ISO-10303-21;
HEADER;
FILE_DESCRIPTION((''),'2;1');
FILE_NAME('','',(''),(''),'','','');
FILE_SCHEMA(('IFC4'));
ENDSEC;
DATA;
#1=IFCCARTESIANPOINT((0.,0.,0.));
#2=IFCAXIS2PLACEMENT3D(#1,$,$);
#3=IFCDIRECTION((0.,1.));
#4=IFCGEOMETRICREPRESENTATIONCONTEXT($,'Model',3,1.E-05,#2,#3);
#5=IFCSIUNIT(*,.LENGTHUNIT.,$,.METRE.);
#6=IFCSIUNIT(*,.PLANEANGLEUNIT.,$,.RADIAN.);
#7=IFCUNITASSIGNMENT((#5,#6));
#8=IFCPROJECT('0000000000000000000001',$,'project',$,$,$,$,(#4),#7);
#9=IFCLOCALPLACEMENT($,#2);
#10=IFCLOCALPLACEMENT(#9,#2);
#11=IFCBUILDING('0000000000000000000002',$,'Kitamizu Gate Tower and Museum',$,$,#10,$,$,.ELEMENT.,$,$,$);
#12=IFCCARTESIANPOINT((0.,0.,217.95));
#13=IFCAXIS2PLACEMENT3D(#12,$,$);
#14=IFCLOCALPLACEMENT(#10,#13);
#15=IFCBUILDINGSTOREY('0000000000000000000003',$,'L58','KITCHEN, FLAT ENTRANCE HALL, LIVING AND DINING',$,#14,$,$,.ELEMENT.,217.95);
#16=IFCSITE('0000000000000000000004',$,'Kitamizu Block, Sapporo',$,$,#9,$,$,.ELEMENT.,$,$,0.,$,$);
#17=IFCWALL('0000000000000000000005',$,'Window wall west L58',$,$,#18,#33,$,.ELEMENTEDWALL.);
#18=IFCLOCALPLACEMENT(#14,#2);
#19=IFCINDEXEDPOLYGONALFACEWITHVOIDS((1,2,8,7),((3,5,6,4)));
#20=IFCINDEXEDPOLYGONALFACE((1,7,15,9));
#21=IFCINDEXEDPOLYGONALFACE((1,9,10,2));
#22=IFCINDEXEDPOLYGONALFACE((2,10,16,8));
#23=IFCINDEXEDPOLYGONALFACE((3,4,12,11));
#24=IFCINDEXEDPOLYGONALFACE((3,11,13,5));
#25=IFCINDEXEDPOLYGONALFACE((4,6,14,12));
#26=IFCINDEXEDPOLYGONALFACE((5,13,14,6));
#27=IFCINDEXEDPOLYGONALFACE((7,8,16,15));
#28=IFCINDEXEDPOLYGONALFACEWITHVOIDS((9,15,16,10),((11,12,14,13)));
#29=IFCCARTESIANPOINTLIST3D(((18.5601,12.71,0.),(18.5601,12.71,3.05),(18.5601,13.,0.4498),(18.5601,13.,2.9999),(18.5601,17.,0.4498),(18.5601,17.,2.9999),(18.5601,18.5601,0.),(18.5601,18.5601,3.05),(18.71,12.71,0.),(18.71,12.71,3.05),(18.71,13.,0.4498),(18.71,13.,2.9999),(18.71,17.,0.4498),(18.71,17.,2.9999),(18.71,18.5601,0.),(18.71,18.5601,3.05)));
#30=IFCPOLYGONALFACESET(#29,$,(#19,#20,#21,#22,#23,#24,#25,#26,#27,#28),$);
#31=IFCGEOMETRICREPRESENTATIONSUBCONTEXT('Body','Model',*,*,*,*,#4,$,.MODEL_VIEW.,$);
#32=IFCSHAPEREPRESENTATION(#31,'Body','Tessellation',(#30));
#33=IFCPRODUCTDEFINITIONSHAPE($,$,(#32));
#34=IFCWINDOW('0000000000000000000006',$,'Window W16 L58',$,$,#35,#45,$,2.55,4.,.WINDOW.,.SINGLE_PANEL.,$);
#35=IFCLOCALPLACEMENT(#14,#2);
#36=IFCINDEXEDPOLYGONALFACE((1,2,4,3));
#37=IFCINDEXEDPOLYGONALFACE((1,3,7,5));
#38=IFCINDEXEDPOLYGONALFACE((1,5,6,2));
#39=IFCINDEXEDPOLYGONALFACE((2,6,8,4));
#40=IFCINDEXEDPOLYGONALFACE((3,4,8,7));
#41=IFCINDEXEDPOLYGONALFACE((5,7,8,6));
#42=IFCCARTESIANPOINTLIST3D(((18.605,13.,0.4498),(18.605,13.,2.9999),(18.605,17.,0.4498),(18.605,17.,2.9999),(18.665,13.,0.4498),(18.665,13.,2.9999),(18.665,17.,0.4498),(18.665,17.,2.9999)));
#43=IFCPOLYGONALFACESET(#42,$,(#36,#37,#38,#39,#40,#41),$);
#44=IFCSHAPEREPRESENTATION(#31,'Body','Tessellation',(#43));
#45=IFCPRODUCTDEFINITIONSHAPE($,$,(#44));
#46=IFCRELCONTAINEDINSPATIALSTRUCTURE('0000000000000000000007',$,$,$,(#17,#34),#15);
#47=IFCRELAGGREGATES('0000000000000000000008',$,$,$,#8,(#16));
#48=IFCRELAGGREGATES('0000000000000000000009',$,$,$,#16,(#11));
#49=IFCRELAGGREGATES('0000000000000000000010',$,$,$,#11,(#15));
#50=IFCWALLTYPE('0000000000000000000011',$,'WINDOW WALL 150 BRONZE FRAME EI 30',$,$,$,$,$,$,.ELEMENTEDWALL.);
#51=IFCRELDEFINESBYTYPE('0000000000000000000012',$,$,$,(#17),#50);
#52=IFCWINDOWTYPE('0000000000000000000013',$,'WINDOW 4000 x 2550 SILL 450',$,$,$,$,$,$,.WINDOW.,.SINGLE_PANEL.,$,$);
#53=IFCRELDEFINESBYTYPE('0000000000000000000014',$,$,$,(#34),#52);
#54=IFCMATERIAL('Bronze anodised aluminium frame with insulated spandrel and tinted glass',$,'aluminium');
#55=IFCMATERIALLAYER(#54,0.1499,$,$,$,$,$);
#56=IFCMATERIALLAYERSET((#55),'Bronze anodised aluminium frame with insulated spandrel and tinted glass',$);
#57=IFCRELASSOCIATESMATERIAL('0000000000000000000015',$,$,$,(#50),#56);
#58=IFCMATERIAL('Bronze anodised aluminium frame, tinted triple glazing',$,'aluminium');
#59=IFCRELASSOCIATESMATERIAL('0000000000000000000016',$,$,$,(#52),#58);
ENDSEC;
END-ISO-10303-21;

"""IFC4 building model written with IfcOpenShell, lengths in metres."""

from ifc_helpers import new_model, si_unit, direction, frame, frame_2d, origin, place, context, subcontext, project, spatial, rectangle, extrude, material, layer, layer_set, type_object, element, fill, save


model = new_model("IFC4")

# Units and contexts
model_context = context("Model", 3, precision=1e-05, world=origin(), true_north=direction((0.0, 1.0)))
body_context = subcontext(model_context, "Body", "Model", "MODEL_VIEW")
ifc_project = project(units=[si_unit("LENGTHUNIT", "METRE"), si_unit("PLANEANGLEUNIT", "RADIAN")], contexts=[model_context])

# Site, building, storey
site_placement = place(None, origin())
site = spatial("IfcSite", under=ifc_project, at=site_placement, Name="Kitamizu Block, Sapporo", CompositionType="ELEMENT", RefElevation=0.0)
building_placement = place(site_placement, origin())
building = spatial("IfcBuilding", under=site, at=building_placement, Name="Kitamizu Gate Tower and Museum", CompositionType="ELEMENT")
storey_placement = place(building_placement, frame((0.0, 0.0, 217.95)))
storey = spatial("IfcBuildingStorey", under=building, at=storey_placement, Name="L58", Description="KITCHEN, FLAT ENTRANCE HALL, LIVING AND DINING", CompositionType="ELEMENT", Elevation=217.95)

# Shared definitions
ifc_material_1 = material(Name="Bronze anodised aluminium frame with insulated spandrel and tinted glass", Category="aluminium")
ifc_layer_1 = layer(ifc_material_1, 0.1499)
ifc_layer_set_1 = layer_set([ifc_layer_1], Name="Bronze anodised aluminium frame with insulated spandrel and tinted glass")
wall_type_1 = type_object("IfcWallType", Name="WINDOW WALL 150 BRONZE FRAME EI 30", PredefinedType="ELEMENTEDWALL", material=ifc_layer_set_1)

# Wall, opening, window
ifc_material_2 = material(Name="Bronze anodised aluminium frame, tinted triple glazing", Category="aluminium")
window_type_1 = type_object("IfcWindowType", Name="WINDOW 4000 x 2550 SILL 450", PartitioningType="SINGLE_PANEL", PredefinedType="WINDOW", material=ifc_material_2)
wall_1_placement = place(storey_placement, frame((18.635, 12.71, 0.0), z_axis=(0.0, 0.0, 1.0), x_axis=(0.0, 1.0, 0.0)))
wall_1 = element("IfcWall", 1, at=wall_1_placement, inside=storey, type_object=wall_type_1, Name="Window wall west L58", PredefinedType="ELEMENTEDWALL", context=body_context, shape_type="SweptSolid", body=[
    extrude(rectangle(XDim=5.8501, YDim=0.1499, at=frame_2d((2.925, 0.0))), origin(), (0.0, 0.0, 1.0), 3.05),
])
opening_1_placement = place(wall_1_placement, frame((0.29, 0.0, 0.45)))
opening_1 = element("IfcOpeningElement", 2, at=opening_1_placement, cuts=wall_1, PredefinedType="OPENING", context=body_context, shape_type="SweptSolid", body=[
    extrude(rectangle(XDim=4.0, YDim=2.55, at=frame_2d((2.0, 1.2749))), frame((0.0, 0.085, 0.0), z_axis=(0.0, -1.0, 0.0), x_axis=(1.0, 0.0, 0.0)), (0.0, 0.0, 1.0), 0.1699),
])
window_1_placement = place(opening_1_placement, origin())
window_1 = element("IfcWindow", 3, at=window_1_placement, inside=storey, type_object=window_type_1, Name="Window W16 L58", OverallHeight=2.55, OverallWidth=4.0, PartitioningType="SINGLE_PANEL", PredefinedType="WINDOW", context=body_context, shape_type="SweptSolid", body=[
    extrude(rectangle(XDim=4.0, YDim=2.55, at=frame_2d((2.0, 1.2749))), frame((0.0, 0.03, 0.0), z_axis=(0.0, -1.0, 0.0), x_axis=(1.0, 0.0, 0.0)), (0.0, 0.0, 1.0), 0.0601),
])
fill(opening_1, window_1)

save(model, "model.ifc")
